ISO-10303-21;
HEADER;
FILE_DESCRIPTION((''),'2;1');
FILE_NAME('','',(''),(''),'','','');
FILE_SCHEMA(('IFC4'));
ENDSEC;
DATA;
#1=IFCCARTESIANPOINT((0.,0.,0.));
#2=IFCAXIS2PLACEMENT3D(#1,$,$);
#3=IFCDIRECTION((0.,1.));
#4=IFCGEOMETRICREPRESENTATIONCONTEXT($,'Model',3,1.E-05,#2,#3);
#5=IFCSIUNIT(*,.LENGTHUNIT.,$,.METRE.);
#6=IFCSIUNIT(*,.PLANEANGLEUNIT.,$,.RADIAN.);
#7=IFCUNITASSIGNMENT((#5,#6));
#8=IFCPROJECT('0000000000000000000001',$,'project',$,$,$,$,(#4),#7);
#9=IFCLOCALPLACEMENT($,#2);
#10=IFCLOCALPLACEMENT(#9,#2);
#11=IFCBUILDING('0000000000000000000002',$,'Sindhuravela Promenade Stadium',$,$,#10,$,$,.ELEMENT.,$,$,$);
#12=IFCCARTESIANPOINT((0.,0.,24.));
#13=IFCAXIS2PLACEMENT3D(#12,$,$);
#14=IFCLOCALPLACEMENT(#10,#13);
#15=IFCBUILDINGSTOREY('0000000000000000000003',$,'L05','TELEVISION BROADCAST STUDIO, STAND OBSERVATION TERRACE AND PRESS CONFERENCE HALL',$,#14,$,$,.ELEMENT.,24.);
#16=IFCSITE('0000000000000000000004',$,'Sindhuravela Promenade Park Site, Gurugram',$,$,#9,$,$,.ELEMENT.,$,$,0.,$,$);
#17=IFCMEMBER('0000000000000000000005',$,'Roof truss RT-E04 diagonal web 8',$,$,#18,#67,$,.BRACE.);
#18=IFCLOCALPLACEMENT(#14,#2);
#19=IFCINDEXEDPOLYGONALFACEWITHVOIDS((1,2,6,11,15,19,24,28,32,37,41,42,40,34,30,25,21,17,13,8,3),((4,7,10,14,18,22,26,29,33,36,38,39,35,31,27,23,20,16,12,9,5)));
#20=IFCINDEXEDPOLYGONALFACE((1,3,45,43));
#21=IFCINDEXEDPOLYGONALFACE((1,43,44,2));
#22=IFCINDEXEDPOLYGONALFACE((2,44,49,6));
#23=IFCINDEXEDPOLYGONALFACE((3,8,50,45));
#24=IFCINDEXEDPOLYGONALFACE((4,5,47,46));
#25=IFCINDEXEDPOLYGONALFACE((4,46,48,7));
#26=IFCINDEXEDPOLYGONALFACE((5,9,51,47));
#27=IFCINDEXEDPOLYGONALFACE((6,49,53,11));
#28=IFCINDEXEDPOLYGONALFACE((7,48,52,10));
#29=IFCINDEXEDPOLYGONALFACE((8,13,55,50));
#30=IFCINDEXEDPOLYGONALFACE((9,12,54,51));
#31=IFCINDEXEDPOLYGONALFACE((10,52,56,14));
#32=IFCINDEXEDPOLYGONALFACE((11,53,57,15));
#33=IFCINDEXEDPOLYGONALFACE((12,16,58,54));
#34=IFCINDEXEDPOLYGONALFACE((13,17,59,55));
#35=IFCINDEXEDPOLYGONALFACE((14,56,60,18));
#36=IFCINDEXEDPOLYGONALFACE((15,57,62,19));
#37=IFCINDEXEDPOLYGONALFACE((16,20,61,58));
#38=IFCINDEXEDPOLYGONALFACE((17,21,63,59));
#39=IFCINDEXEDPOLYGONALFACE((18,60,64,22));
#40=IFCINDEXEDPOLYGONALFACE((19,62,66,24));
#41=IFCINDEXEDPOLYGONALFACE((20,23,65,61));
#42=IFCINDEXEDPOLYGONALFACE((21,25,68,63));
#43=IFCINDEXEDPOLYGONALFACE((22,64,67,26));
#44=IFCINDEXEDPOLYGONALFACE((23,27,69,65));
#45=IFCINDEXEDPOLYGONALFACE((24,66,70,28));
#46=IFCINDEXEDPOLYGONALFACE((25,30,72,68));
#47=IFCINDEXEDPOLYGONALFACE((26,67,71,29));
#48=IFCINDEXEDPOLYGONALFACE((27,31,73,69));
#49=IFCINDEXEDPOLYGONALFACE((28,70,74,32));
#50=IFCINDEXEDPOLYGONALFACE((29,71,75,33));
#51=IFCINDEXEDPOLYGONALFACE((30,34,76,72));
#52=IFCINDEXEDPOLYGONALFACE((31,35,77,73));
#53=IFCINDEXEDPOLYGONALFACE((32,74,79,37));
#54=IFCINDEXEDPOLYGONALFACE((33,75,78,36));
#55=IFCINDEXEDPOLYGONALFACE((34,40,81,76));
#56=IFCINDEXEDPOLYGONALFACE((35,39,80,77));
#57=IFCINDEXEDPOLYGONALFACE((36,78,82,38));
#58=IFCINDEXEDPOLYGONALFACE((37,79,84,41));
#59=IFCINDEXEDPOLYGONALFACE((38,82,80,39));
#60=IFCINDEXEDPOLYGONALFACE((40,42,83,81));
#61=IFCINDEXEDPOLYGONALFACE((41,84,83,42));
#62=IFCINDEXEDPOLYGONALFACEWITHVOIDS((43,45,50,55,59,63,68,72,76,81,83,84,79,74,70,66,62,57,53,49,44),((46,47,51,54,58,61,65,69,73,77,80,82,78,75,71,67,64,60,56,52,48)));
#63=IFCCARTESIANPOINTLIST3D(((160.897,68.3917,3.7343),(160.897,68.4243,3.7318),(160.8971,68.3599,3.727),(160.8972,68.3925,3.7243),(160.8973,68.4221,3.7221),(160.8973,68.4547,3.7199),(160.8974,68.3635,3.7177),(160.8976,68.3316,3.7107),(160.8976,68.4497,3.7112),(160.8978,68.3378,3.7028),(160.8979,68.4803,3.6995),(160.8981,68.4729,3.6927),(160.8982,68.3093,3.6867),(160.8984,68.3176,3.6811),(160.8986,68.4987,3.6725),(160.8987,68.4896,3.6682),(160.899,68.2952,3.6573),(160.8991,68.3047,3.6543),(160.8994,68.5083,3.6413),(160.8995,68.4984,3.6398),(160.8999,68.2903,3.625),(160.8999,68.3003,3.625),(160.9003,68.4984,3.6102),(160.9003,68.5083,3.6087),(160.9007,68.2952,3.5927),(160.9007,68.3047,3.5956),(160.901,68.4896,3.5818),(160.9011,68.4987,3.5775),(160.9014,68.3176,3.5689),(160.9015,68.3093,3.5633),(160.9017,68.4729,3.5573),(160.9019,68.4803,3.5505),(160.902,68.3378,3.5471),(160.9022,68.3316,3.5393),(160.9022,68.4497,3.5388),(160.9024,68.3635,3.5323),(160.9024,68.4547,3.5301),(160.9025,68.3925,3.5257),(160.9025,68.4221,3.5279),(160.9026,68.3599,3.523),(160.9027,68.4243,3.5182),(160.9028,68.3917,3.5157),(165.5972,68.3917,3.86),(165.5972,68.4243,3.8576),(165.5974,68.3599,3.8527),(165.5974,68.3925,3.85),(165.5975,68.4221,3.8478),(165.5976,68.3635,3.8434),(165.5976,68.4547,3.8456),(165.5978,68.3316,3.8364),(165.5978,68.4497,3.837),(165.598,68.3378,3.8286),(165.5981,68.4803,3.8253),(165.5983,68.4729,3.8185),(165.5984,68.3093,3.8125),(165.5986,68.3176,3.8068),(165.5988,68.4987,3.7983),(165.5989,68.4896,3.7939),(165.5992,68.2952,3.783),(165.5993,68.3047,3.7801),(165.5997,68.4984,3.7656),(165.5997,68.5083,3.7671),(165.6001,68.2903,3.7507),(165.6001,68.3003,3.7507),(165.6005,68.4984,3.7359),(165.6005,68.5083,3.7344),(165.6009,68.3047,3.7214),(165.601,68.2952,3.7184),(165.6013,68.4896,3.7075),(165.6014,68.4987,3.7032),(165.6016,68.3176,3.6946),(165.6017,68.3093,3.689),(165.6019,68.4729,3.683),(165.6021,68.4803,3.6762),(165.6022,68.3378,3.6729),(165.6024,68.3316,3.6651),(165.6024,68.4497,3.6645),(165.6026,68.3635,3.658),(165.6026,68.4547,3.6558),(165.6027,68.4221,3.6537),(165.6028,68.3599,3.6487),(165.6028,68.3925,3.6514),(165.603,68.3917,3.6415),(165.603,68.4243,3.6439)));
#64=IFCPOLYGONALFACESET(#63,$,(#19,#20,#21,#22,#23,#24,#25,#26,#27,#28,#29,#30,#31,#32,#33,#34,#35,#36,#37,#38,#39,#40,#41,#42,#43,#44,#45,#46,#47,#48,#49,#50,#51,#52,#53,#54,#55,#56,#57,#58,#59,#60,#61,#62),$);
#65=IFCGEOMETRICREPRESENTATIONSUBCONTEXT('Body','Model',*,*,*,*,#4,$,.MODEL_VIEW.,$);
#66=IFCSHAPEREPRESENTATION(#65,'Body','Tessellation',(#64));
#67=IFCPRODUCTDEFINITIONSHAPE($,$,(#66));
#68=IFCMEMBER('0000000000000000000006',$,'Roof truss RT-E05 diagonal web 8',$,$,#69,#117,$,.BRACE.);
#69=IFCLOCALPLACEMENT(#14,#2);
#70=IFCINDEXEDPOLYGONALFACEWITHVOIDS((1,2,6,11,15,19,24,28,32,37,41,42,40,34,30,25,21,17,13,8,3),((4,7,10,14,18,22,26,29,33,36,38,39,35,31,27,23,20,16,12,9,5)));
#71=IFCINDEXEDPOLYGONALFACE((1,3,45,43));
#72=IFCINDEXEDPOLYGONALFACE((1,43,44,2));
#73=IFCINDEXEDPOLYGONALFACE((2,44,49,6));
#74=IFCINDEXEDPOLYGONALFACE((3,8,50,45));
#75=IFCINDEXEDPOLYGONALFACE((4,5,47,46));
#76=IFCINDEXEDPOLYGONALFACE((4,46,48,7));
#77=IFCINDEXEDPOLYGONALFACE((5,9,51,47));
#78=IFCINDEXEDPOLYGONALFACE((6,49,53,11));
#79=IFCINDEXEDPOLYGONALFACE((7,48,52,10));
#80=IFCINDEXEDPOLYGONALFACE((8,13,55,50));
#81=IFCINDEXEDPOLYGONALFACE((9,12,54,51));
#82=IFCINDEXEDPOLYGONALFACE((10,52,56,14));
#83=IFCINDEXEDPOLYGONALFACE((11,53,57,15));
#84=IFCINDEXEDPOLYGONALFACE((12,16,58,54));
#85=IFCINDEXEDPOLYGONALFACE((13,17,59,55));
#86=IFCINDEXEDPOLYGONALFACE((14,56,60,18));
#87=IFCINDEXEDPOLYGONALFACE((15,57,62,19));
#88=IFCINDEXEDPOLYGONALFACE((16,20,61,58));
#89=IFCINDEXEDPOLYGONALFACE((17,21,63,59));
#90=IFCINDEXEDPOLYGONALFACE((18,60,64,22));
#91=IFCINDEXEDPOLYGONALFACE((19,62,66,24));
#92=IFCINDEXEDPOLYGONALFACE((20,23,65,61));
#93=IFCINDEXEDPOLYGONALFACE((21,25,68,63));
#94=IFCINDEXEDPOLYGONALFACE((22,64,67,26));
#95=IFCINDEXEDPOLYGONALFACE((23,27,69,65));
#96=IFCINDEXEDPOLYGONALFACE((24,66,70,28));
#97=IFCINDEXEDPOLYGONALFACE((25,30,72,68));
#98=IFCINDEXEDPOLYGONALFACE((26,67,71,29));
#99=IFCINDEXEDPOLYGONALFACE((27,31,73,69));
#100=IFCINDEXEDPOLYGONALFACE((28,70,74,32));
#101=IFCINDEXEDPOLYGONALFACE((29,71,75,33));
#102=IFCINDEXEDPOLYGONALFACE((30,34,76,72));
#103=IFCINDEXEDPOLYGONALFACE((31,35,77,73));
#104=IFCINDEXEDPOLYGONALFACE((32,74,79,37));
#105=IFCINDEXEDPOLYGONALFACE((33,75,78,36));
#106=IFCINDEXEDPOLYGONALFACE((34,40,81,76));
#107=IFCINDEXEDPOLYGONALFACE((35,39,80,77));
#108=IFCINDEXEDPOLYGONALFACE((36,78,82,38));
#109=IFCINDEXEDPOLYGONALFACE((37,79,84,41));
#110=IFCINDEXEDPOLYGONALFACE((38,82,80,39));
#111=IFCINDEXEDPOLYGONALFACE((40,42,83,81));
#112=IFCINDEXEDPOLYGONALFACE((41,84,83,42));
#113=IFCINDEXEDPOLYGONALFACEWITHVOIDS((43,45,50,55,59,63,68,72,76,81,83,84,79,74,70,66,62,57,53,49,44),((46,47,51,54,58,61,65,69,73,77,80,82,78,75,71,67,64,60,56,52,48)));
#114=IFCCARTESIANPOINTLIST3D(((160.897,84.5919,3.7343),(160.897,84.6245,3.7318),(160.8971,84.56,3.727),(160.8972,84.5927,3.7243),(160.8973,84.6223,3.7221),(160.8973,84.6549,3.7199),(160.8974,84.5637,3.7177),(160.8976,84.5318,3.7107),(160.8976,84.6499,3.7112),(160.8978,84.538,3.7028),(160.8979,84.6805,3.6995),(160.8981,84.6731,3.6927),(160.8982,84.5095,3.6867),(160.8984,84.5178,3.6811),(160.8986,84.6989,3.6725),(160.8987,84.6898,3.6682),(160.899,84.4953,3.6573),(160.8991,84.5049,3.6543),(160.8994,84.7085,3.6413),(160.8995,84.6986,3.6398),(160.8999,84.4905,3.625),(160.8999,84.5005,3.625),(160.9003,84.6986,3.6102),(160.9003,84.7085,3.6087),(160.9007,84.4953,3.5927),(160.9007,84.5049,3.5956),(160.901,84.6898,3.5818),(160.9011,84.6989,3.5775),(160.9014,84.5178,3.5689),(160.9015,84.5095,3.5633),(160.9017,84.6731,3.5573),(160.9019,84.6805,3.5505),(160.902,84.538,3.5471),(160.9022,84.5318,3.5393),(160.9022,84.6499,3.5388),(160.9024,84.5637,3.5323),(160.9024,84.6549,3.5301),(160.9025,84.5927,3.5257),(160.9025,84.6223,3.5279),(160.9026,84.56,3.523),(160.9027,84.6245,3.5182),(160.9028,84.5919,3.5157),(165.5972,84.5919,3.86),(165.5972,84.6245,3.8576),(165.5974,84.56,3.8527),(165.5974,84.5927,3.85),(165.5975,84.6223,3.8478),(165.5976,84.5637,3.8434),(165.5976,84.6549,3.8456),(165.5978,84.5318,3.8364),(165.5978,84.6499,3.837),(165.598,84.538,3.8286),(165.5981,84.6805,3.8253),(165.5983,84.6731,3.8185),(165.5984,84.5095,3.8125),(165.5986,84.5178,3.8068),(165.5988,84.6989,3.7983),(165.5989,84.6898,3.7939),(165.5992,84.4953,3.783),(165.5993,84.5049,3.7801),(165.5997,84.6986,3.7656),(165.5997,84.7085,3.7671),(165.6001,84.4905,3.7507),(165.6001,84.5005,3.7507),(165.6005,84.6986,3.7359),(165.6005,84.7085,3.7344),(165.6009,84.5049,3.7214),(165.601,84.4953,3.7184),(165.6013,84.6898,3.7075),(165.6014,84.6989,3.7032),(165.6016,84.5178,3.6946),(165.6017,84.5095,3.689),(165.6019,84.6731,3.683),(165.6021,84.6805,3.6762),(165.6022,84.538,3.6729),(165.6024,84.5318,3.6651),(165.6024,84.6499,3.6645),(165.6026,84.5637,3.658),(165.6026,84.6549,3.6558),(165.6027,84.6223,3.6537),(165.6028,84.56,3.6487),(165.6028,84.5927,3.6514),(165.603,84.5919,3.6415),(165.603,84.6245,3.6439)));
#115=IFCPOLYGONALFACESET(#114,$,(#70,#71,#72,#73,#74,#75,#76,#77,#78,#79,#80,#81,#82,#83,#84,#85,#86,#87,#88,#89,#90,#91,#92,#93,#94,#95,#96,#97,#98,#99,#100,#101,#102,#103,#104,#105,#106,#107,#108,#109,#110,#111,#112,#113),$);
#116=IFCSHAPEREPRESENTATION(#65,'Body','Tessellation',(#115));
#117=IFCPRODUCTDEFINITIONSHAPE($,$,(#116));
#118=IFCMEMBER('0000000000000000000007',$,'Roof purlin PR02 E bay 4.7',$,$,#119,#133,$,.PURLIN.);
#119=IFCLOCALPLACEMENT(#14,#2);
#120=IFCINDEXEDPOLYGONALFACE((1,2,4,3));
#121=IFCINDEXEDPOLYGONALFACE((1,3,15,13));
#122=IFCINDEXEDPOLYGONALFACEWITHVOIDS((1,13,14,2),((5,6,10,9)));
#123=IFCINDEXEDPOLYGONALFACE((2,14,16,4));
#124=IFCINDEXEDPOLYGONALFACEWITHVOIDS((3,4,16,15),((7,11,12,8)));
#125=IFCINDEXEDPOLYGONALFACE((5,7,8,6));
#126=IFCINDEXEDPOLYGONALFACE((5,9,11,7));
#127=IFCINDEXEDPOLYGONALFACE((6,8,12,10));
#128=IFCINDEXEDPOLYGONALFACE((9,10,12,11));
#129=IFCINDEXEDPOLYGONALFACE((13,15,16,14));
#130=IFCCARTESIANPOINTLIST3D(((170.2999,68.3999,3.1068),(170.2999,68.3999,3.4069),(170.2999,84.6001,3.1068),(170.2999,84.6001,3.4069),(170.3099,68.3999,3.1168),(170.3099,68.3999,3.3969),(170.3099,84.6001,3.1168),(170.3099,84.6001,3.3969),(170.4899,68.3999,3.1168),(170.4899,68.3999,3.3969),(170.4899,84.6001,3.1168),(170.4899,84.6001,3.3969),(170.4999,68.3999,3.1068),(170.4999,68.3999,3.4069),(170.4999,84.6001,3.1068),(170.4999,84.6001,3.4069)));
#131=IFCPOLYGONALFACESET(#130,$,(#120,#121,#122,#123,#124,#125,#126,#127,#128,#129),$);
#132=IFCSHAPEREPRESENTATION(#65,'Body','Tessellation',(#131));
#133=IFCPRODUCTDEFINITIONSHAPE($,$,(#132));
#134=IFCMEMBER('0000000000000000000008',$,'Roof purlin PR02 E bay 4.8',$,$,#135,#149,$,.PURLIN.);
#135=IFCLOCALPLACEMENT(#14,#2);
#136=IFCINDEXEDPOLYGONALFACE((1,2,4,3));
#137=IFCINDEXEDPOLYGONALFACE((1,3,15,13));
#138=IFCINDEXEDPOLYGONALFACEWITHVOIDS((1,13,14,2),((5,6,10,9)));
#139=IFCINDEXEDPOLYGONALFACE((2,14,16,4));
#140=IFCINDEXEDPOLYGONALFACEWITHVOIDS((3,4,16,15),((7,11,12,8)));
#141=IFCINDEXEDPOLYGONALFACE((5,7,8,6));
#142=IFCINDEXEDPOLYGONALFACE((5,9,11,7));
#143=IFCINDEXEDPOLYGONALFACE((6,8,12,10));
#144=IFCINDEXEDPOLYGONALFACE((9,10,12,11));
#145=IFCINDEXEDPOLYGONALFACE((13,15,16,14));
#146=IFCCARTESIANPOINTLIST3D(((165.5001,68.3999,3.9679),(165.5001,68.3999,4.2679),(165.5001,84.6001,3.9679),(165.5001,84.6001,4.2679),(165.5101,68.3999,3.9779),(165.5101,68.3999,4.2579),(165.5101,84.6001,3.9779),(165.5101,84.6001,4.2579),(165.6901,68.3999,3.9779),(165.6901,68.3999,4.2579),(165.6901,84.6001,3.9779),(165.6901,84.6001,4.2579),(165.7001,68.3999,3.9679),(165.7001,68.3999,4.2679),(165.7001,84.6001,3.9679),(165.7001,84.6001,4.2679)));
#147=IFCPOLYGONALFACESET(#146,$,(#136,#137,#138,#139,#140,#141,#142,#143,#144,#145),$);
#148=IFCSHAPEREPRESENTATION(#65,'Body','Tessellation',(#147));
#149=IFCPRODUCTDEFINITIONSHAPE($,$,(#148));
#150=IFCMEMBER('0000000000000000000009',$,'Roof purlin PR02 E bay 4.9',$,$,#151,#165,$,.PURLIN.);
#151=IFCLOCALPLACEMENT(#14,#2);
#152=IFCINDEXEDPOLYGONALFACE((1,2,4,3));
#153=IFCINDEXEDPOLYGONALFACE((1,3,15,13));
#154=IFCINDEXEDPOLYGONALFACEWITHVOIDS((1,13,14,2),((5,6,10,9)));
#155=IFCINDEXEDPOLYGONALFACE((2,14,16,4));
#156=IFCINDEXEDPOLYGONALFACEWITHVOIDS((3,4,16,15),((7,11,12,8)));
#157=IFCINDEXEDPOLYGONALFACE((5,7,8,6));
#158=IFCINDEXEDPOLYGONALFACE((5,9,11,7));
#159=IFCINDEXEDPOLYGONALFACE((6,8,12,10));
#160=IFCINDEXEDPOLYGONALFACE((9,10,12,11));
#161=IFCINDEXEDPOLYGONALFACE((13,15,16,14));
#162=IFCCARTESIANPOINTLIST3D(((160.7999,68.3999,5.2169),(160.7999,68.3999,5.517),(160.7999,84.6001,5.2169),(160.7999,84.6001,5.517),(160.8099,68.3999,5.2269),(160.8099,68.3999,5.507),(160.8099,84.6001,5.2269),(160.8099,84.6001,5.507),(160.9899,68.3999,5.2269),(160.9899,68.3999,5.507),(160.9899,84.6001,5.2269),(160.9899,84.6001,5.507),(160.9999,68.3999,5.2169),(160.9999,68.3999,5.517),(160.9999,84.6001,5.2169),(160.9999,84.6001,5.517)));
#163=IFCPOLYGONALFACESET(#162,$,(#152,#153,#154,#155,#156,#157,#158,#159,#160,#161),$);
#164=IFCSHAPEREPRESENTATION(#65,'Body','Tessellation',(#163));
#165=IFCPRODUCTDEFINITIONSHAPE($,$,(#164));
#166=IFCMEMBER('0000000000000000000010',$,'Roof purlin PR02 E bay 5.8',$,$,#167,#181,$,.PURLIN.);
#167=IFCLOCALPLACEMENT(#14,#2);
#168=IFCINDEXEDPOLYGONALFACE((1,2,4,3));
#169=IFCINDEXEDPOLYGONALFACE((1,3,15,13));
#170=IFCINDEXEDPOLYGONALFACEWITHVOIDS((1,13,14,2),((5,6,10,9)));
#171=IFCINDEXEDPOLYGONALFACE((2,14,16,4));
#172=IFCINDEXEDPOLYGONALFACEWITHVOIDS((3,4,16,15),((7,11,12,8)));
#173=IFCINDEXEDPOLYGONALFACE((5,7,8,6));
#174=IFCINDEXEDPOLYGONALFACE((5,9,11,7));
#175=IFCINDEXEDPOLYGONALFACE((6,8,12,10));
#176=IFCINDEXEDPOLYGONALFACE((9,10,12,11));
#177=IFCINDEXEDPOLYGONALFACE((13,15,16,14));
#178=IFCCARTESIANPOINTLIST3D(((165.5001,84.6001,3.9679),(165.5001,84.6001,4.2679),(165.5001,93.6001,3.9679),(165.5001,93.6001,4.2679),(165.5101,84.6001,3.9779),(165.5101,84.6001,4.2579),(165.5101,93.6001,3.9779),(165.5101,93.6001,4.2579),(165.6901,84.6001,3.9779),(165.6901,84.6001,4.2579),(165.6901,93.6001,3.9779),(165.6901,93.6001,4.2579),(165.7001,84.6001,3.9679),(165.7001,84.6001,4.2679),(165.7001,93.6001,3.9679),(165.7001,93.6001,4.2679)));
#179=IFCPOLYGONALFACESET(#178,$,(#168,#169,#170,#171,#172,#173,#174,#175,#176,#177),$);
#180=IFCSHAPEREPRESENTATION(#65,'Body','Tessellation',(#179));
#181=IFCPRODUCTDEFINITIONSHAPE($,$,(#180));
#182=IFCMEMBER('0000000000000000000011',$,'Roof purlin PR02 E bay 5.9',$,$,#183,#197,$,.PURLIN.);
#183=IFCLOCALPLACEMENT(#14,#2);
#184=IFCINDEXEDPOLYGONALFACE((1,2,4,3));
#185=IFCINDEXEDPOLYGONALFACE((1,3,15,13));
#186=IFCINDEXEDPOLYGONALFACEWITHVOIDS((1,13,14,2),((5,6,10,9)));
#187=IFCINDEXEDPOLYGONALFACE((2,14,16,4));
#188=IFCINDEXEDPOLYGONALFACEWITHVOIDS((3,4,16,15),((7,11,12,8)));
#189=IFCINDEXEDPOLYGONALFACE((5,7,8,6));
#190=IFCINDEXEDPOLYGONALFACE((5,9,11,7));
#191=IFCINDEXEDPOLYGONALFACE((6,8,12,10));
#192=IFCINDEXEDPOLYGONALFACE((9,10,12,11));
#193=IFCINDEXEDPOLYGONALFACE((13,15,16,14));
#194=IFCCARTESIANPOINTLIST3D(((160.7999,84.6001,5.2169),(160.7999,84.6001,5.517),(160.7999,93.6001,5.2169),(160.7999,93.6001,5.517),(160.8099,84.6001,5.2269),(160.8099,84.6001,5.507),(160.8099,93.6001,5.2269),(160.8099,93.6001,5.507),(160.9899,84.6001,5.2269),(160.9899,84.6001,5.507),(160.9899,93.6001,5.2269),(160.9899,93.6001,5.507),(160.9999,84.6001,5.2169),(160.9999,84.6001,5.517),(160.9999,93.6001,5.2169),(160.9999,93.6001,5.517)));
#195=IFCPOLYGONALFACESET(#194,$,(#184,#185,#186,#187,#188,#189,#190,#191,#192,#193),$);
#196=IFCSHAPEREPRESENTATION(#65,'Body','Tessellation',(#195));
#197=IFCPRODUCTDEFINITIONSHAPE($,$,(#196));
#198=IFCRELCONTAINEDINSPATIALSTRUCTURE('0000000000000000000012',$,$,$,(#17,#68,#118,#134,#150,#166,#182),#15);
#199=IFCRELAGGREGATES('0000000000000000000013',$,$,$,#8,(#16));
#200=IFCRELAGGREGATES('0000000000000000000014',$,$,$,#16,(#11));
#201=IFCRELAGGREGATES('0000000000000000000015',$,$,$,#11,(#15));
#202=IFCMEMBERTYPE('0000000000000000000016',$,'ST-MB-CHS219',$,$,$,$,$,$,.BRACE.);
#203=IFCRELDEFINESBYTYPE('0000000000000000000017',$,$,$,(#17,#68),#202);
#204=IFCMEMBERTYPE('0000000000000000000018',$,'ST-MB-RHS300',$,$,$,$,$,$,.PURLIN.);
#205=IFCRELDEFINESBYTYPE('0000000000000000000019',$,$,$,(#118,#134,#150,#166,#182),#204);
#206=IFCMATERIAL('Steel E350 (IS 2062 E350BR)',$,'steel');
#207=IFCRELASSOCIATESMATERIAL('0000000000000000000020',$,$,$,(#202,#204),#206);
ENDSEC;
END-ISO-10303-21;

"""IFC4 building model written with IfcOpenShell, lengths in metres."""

from ifc_helpers import new_model, si_unit, direction, frame, origin, origin_2d, place, context, subcontext, project, spatial, hollow_rectangle, hollow_circle, extrude, material, material_profile, profile_set, type_object, element, save


model = new_model("IFC4")

# Units and contexts
model_context = context("Model", 3, precision=1e-05, world=origin(), true_north=direction((0.0, 1.0)))
body_context = subcontext(model_context, "Body", "Model", "MODEL_VIEW")
ifc_project = project(units=[si_unit("LENGTHUNIT", "METRE"), si_unit("PLANEANGLEUNIT", "RADIAN")], contexts=[model_context])

# Site, building, storey
site_placement = place(None, origin())
site = spatial("IfcSite", under=ifc_project, at=site_placement, Name="Sindhuravela Promenade Park Site, Gurugram", CompositionType="ELEMENT", RefElevation=0.0)
building_placement = place(site_placement, origin())
building = spatial("IfcBuilding", under=site, at=building_placement, Name="Sindhuravela Promenade Stadium", CompositionType="ELEMENT")
storey_placement = place(building_placement, frame((0.0, 0.0, 24.0)))
storey = spatial("IfcBuildingStorey", under=building, at=storey_placement, Name="L05", Description="TELEVISION BROADCAST STUDIO, STAND OBSERVATION TERRACE AND PRESS CONFERENCE HALL", CompositionType="ELEMENT", Elevation=24.0)

# Shared definitions
ifc_material_1 = material(Name="Steel E350 (IS 2062 E350BR)", Category="steel")

# Members
ifc_material_profile_1 = material_profile(ifc_material_1, hollow_circle(Radius=0.1096, WallThickness=0.01, at=origin_2d()), Name="CHS 219.1x10")
ifc_profile_set_1 = profile_set([ifc_material_profile_1], Name="Steel E350 (IS 2062 E350BR)")
member_type_1 = type_object("IfcMemberType", Name="ST-MB-CHS219", PredefinedType="BRACE", material=ifc_profile_set_1)
for number, where, z_axis, x_axis, name in (
    (1, (165.6001, 68.3999, 3.7507), (-0.999642, 0.0, -0.026741), (0.0, -1.0, 0.0), "Roof truss RT-E04 diagonal web 8"),
    (2, (165.6001, 84.6001, 3.7507), (-0.999642, 0.0, -0.026741), (0.0, -1.0, 0.0), "Roof truss RT-E05 diagonal web 8"),
):
    element("IfcMember", number, at=place(storey_placement, frame(where, z_axis=z_axis, x_axis=x_axis)), inside=storey, type_object=member_type_1, Name=name, PredefinedType="BRACE", context=body_context, shape_type="SweptSolid", body=[
        extrude(hollow_circle(Radius=0.1096, WallThickness=0.01, at=origin_2d()), origin(), (0.0, 0.0, 1.0), 4.7019),
    ])
ifc_material_profile_2 = material_profile(ifc_material_1, hollow_rectangle(XDim=0.2, YDim=0.3, WallThickness=0.01, at=origin_2d()), Name="RHS 300x200x10")
ifc_profile_set_2 = profile_set([ifc_material_profile_2], Name="Steel E350 (IS 2062 E350BR)")
member_type_2 = type_object("IfcMemberType", Name="ST-MB-RHS300", PredefinedType="PURLIN", material=ifc_profile_set_2)
for number, where, z_axis, x_axis, name in (
    (3, (170.3999, 68.3999, 3.2568), (0.0, 1.0, 0.0), (-1.0, 0.0, 0.0), "Roof purlin PR02 E bay 4.7"),
    (4, (165.6001, 68.3999, 4.1179), (0.0, 1.0, 0.0), (-1.0, 0.0, 0.0), "Roof purlin PR02 E bay 4.8"),
    (5, (160.8999, 68.3999, 5.3669), (0.0, 1.0, 0.0), (-1.0, 0.0, 0.0), "Roof purlin PR02 E bay 4.9"),
):
    element("IfcMember", number, at=place(storey_placement, frame(where, z_axis=z_axis, x_axis=x_axis)), inside=storey, type_object=member_type_2, Name=name, PredefinedType="PURLIN", context=body_context, shape_type="SweptSolid", body=[
        extrude(hollow_rectangle(XDim=0.2, YDim=0.3, WallThickness=0.01, at=origin_2d()), origin(), (0.0, 0.0, 1.0), 16.2002),
    ])
for number, where, z_axis, x_axis, name in (
    (6, (165.6001, 84.6001, 4.1179), (0.0, 1.0, 0.0), (-1.0, 0.0, 0.0), "Roof purlin PR02 E bay 5.8"),
    (7, (160.8999, 84.6001, 5.3669), (0.0, 1.0, 0.0), (-1.0, 0.0, 0.0), "Roof purlin PR02 E bay 5.9"),
):
    element("IfcMember", number, at=place(storey_placement, frame(where, z_axis=z_axis, x_axis=x_axis)), inside=storey, type_object=member_type_2, Name=name, PredefinedType="PURLIN", context=body_context, shape_type="SweptSolid", body=[
        extrude(hollow_rectangle(XDim=0.2, YDim=0.3, WallThickness=0.01, at=origin_2d()), origin(), (0.0, 0.0, 1.0), 9.0),
    ])

save(model, "model.ifc")
